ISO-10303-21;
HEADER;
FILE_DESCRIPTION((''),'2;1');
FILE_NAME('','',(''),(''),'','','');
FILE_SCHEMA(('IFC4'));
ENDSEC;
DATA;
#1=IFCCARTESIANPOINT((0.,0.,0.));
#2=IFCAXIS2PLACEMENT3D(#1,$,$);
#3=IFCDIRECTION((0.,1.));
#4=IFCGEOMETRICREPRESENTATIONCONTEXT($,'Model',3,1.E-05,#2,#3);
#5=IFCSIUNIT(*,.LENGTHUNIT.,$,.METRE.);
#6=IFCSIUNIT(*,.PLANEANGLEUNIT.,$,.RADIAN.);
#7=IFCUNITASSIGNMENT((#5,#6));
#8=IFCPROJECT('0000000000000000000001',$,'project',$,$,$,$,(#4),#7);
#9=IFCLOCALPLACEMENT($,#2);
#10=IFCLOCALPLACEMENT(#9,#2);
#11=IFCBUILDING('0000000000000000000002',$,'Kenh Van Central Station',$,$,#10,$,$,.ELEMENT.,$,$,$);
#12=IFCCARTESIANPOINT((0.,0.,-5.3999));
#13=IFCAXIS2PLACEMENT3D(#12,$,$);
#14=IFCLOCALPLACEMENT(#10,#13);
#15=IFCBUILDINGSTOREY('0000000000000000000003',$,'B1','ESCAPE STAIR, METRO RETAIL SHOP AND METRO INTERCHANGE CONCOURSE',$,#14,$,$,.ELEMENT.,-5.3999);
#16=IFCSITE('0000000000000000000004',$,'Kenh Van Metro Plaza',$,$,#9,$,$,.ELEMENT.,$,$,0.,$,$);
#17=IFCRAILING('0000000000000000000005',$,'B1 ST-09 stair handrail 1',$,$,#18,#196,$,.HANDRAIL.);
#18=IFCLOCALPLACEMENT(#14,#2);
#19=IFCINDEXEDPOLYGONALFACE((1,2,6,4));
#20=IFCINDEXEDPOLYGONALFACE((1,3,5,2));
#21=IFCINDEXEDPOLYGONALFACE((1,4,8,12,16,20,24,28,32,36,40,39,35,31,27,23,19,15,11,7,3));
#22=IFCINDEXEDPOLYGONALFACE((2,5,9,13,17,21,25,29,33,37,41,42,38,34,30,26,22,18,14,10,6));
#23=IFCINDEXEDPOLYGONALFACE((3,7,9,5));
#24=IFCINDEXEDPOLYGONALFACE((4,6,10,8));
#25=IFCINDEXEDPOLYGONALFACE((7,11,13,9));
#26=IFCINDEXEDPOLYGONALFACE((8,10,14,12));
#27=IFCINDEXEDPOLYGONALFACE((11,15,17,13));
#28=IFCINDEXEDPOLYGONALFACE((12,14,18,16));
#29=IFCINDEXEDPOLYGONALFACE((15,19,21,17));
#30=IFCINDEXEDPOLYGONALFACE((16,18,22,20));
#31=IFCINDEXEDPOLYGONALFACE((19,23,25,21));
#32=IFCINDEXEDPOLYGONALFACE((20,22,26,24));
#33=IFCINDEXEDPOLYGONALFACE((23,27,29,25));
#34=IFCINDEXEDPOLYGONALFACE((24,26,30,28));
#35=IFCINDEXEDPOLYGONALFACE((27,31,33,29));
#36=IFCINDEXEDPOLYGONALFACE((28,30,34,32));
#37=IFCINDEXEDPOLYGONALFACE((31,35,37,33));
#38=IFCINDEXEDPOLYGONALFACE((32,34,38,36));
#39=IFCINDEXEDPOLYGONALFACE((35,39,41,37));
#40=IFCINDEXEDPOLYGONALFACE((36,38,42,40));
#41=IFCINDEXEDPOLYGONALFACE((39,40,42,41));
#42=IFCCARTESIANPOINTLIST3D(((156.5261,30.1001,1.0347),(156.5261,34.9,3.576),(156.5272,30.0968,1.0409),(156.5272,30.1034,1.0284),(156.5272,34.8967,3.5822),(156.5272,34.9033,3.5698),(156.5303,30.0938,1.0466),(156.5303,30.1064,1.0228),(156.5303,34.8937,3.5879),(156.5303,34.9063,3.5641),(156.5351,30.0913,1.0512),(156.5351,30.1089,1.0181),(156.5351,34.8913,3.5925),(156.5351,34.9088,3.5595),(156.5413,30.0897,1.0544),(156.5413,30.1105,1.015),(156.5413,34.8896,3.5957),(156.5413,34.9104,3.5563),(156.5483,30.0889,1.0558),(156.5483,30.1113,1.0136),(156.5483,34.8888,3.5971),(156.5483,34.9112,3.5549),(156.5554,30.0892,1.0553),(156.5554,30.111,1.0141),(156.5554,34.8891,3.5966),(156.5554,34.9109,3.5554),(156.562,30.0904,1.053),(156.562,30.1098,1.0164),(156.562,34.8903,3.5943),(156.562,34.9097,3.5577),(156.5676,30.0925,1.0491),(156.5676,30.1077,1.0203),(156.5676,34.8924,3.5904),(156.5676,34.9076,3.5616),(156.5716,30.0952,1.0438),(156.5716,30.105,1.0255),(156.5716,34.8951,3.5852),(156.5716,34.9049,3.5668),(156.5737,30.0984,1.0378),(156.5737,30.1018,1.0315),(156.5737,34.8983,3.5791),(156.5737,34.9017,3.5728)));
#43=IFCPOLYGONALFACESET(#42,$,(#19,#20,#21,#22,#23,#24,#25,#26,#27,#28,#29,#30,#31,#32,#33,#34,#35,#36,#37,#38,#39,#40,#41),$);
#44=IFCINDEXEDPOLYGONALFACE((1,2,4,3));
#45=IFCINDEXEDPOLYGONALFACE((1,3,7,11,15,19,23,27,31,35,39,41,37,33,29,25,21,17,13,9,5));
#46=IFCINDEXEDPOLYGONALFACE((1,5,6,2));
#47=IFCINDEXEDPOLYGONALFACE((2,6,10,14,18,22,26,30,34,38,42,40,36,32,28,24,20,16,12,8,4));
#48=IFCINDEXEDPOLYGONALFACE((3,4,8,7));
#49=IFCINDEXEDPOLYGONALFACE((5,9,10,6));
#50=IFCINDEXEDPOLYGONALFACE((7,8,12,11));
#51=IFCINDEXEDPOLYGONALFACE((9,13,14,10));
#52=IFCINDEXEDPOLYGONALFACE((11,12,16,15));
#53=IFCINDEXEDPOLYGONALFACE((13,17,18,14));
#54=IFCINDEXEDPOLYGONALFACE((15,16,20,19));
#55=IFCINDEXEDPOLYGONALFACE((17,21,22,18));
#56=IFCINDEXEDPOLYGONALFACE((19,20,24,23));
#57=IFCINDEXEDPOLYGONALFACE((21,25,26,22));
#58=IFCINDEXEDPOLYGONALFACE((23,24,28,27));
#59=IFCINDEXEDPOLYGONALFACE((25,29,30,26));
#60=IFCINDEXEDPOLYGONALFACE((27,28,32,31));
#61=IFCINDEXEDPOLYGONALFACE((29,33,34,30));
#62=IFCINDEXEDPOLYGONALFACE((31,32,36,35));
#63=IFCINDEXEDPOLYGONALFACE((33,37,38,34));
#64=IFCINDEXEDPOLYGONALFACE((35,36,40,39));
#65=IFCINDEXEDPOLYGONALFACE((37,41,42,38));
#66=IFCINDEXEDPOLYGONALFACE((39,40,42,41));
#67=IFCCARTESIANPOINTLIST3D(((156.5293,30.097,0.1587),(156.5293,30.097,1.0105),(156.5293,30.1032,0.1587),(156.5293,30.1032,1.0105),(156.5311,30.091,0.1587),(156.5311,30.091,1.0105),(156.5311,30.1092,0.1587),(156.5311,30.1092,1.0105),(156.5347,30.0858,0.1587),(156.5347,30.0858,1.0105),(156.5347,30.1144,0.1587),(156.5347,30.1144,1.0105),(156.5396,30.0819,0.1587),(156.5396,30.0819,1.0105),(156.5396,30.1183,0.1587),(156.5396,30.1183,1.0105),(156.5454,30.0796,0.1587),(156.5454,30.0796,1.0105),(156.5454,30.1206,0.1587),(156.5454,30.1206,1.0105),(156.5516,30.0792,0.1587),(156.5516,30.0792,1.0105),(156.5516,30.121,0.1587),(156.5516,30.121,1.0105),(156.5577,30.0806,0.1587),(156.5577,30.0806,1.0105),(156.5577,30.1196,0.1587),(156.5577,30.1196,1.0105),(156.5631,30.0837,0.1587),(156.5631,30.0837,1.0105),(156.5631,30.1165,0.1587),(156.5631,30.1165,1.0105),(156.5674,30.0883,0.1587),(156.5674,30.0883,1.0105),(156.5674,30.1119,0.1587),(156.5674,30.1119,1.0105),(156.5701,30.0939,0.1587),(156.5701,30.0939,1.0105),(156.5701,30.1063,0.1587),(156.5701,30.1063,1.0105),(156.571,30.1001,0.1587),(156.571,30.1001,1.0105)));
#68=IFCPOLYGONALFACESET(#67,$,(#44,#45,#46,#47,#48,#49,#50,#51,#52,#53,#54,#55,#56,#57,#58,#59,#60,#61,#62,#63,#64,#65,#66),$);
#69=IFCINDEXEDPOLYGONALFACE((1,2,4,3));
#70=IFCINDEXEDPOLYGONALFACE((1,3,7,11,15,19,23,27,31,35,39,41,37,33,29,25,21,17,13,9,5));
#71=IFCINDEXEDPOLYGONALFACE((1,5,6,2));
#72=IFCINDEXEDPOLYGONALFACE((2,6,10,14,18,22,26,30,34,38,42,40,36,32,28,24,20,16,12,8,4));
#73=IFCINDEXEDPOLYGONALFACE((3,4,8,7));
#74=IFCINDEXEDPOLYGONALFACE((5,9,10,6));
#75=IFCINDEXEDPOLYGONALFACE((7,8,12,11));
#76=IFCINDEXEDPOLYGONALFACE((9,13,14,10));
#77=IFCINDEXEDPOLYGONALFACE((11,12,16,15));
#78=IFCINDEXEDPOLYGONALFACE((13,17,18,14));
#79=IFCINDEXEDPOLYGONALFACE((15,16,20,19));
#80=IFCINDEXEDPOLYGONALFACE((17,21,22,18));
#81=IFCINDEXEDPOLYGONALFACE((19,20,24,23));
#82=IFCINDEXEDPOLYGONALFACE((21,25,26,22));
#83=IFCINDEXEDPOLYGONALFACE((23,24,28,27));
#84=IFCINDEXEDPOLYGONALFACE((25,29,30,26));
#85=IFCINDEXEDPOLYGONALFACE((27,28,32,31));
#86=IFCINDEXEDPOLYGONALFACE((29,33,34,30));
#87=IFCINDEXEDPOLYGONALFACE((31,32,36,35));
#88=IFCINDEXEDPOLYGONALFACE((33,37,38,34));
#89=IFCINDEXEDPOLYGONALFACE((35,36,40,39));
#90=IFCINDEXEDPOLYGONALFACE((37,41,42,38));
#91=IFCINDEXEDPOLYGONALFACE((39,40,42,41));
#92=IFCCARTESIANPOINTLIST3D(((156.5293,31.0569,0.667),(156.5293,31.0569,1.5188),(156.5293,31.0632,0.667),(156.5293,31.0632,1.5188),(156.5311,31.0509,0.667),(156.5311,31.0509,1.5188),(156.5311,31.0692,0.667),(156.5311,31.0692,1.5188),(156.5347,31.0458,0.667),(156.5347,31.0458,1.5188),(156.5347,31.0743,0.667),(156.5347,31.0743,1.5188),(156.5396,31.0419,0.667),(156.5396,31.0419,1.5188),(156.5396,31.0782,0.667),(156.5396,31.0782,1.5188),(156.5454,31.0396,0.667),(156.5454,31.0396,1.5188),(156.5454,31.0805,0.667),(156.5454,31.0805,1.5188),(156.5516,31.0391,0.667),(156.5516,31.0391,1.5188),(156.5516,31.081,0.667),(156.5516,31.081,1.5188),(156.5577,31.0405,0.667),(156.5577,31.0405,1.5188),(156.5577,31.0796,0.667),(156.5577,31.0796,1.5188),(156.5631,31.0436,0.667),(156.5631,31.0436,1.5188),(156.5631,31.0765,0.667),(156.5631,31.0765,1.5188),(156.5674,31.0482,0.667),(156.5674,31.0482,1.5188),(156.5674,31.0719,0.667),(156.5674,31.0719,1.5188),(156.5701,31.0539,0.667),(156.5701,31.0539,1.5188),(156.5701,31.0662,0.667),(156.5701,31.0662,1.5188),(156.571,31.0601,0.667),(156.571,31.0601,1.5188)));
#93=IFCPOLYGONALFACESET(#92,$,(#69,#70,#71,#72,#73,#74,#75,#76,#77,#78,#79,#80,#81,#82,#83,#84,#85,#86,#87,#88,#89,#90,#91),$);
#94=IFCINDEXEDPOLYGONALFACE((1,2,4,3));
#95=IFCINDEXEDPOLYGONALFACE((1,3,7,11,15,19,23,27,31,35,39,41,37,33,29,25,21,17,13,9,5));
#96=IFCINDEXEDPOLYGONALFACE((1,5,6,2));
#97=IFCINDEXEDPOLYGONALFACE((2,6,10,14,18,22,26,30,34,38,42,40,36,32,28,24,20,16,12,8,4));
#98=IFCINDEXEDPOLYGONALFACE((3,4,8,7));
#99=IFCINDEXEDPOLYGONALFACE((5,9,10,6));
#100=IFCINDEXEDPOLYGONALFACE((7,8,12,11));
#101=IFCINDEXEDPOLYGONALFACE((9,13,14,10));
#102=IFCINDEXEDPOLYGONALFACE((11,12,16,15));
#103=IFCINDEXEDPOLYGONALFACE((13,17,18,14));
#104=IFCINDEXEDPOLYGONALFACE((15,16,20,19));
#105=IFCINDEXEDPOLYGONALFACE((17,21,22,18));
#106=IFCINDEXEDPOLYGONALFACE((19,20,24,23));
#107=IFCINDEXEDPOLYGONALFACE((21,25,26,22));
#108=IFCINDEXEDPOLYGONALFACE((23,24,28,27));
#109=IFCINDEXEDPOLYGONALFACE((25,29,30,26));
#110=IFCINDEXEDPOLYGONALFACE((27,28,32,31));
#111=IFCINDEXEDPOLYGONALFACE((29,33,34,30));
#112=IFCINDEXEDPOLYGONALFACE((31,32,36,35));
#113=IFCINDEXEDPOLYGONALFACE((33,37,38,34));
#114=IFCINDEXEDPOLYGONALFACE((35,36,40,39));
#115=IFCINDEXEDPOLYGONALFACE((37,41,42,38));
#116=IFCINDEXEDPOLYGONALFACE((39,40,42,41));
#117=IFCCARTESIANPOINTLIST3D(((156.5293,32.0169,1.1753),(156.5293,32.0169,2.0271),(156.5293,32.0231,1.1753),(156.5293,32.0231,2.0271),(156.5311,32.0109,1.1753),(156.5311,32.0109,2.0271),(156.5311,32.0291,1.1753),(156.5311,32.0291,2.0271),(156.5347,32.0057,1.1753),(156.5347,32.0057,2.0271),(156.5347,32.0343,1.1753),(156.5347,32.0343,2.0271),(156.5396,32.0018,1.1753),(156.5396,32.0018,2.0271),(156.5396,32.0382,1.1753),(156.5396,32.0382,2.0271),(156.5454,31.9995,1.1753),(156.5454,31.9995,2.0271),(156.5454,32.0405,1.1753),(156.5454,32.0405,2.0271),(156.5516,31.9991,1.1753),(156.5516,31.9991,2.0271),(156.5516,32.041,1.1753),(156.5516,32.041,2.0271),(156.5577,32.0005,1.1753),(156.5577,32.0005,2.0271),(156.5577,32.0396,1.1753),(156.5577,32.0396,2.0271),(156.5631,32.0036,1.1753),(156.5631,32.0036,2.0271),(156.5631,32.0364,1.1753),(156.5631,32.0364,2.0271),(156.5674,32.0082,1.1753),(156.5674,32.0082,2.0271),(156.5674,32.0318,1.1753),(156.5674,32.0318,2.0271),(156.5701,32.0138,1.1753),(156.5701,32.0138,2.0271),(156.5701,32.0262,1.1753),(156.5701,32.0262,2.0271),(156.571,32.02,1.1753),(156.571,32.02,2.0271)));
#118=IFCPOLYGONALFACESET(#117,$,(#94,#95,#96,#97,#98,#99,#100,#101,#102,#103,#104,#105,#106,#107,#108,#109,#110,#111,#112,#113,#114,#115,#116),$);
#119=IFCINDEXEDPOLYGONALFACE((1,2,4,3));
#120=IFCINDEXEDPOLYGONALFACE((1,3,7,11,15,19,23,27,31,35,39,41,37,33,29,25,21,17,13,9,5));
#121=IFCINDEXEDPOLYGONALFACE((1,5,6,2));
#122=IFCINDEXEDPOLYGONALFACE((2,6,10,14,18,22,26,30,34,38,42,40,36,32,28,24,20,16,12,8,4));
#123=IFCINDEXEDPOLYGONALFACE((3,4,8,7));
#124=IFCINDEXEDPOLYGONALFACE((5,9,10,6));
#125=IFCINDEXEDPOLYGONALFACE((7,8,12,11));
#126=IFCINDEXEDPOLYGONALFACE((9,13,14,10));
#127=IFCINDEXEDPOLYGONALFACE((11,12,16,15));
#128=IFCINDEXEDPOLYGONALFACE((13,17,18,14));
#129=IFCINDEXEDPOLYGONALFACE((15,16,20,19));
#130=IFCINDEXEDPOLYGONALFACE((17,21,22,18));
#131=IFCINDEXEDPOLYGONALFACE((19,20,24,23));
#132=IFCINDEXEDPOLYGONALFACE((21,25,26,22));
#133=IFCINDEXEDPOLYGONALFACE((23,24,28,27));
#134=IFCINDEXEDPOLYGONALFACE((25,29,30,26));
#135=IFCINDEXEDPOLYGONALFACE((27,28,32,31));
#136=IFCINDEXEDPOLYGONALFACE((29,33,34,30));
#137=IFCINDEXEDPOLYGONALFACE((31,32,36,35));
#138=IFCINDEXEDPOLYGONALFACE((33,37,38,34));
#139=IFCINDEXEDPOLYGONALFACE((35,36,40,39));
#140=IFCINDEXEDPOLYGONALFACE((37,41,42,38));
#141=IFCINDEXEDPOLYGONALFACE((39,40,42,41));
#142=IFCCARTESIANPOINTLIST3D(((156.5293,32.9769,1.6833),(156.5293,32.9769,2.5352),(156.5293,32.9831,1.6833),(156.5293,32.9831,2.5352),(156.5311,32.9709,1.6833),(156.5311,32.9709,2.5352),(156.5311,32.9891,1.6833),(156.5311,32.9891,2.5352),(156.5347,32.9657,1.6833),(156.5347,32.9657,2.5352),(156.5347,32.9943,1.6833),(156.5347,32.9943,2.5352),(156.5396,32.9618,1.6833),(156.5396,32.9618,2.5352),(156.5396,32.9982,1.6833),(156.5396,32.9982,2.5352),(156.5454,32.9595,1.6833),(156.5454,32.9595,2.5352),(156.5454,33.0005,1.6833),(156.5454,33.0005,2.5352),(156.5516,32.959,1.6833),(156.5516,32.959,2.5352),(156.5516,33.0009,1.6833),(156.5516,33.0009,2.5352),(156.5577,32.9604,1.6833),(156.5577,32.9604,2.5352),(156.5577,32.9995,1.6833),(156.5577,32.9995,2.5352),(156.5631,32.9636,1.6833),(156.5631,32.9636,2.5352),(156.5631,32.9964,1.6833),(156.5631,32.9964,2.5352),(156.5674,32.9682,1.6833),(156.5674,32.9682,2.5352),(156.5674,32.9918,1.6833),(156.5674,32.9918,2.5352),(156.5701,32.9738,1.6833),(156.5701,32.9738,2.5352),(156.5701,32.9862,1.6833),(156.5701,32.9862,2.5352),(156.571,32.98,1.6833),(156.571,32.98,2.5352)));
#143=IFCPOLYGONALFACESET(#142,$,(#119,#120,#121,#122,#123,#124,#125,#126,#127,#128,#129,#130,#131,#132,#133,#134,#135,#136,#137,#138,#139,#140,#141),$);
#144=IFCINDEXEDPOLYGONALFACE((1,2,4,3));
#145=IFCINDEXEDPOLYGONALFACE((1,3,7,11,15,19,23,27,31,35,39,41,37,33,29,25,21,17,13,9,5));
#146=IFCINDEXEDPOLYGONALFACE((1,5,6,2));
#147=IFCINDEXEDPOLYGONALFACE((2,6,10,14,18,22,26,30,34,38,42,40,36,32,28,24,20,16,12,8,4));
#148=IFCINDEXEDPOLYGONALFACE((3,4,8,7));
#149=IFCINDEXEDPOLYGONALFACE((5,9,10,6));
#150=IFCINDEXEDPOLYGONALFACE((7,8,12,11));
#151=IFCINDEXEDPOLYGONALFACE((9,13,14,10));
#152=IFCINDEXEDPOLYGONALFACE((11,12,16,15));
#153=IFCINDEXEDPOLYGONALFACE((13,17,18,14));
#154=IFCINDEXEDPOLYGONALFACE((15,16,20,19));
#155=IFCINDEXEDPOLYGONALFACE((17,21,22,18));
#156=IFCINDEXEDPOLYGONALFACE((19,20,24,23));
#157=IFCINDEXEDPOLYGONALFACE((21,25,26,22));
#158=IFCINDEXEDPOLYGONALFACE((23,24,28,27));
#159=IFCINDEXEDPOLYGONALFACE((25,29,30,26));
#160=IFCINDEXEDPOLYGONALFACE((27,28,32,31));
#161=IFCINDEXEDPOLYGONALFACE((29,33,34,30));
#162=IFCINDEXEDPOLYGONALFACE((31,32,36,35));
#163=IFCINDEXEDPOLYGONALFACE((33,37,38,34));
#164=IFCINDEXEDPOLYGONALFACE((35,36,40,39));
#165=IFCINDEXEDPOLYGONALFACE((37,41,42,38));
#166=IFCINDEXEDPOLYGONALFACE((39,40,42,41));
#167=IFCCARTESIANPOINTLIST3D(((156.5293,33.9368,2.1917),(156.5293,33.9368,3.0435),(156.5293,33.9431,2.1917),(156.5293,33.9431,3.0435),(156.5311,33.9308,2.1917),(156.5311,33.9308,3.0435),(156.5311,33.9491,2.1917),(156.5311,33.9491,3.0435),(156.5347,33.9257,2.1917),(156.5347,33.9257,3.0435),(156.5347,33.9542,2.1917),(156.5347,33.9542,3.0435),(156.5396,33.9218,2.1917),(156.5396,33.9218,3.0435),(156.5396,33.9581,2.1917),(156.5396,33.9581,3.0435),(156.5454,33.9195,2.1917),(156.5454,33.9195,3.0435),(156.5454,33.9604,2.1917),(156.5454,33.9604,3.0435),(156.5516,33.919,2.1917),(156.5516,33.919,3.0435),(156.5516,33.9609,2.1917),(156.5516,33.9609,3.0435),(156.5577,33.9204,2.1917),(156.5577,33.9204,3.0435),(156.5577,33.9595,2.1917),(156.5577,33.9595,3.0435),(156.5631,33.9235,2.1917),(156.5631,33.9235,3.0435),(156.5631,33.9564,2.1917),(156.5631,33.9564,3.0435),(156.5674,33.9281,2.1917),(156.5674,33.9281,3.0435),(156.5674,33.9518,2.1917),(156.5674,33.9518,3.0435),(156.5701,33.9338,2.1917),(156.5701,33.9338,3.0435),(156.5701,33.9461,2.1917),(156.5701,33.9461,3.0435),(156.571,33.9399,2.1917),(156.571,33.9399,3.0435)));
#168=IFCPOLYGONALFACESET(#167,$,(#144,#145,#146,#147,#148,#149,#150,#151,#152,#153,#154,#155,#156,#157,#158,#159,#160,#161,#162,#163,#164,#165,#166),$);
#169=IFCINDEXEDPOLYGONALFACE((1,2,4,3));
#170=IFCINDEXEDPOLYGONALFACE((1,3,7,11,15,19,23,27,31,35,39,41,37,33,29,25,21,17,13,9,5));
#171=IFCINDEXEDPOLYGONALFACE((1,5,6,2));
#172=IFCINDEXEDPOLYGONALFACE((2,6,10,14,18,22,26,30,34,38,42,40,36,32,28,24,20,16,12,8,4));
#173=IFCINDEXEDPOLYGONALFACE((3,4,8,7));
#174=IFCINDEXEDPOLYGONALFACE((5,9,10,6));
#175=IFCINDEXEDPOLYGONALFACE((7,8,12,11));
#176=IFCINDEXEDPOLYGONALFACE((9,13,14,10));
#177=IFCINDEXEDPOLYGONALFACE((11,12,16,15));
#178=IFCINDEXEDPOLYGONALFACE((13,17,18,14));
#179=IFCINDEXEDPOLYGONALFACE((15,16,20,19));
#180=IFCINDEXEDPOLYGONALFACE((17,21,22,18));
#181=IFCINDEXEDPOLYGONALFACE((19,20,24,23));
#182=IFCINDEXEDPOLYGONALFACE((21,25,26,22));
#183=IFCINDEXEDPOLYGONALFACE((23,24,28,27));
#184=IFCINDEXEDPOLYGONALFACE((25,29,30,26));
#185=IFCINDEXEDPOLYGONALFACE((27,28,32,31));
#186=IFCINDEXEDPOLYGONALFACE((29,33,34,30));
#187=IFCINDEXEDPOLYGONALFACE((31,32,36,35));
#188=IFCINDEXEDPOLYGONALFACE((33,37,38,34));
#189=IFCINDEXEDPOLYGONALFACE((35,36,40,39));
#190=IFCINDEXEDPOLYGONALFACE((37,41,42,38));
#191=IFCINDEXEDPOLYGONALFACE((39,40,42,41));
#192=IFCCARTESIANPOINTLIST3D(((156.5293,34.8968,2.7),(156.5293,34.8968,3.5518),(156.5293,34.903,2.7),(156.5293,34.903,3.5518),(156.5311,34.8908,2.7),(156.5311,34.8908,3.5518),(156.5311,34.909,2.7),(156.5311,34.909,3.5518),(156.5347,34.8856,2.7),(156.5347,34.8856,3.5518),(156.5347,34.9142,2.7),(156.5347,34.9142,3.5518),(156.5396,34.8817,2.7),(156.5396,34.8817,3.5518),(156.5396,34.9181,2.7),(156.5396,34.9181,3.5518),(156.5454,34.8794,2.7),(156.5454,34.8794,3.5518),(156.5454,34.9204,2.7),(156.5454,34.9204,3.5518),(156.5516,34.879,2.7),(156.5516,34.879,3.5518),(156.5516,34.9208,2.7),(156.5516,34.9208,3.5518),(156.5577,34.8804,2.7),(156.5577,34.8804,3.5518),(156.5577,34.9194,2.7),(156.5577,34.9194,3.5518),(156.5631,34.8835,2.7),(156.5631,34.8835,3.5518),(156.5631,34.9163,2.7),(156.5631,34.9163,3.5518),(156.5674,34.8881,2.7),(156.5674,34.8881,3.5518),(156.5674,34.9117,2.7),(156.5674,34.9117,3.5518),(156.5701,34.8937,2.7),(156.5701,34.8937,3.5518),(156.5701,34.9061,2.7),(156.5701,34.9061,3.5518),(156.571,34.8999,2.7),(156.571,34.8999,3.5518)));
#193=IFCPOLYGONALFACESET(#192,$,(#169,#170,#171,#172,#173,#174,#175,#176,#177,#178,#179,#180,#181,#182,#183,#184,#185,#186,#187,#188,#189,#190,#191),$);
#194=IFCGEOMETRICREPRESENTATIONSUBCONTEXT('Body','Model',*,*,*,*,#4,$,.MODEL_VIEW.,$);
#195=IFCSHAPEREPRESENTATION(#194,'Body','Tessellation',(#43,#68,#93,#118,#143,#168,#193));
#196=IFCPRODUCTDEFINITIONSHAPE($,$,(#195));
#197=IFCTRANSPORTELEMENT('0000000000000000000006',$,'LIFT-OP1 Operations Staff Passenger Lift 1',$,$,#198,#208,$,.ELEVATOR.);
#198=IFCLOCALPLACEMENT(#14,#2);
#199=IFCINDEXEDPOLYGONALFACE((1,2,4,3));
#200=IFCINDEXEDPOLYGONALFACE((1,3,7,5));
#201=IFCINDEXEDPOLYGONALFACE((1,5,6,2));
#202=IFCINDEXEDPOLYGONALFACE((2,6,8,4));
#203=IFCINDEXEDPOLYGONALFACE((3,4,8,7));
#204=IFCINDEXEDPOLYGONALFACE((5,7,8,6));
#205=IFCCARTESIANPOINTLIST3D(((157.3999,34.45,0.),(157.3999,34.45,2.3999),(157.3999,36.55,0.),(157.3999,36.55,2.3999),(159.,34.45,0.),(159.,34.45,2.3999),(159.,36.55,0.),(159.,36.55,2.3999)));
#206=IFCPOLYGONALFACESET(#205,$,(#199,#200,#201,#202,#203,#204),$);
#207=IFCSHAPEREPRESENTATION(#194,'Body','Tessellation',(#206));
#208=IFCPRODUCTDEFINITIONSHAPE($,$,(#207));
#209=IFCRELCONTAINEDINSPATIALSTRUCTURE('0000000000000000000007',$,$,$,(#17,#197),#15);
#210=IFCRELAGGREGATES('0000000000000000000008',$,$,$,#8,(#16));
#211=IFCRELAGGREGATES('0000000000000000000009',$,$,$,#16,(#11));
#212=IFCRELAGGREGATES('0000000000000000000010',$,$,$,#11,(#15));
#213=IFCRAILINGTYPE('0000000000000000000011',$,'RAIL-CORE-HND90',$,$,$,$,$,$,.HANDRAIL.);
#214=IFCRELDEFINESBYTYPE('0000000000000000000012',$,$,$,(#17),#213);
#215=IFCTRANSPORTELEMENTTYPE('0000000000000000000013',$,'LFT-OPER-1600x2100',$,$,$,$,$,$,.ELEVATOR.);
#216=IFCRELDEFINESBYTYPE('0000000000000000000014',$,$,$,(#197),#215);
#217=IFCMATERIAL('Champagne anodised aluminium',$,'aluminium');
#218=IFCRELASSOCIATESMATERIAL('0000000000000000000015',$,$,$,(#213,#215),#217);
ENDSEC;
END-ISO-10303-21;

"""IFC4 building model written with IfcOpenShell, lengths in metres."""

from ifc_helpers import new_model, si_unit, direction, frame, origin, origin_2d, place, context, subcontext, project, spatial, rectangle, circle, extrude, material, type_object, element, save


model = new_model("IFC4")

# Units and contexts
model_context = context("Model", 3, precision=1e-05, world=origin(), true_north=direction((0.0, 1.0)))
body_context = subcontext(model_context, "Body", "Model", "MODEL_VIEW")
ifc_project = project(units=[si_unit("LENGTHUNIT", "METRE"), si_unit("PLANEANGLEUNIT", "RADIAN")], contexts=[model_context])

# Site, building, storey
site_placement = place(None, origin())
site = spatial("IfcSite", under=ifc_project, at=site_placement, Name="Kenh Van Metro Plaza", CompositionType="ELEMENT", RefElevation=0.0)
building_placement = place(site_placement, origin())
building = spatial("IfcBuilding", under=site, at=building_placement, Name="Kenh Van Central Station", CompositionType="ELEMENT")
storey_placement = place(building_placement, frame((0.0, 0.0, -5.3999)))
storey = spatial("IfcBuildingStorey", under=building, at=storey_placement, Name="B1", Description="ESCAPE STAIR, METRO RETAIL SHOP AND METRO INTERCHANGE CONCOURSE", CompositionType="ELEMENT", Elevation=-5.3999)

# Shared definitions
ifc_material_1 = material(Name="Champagne anodised aluminium", Category="aluminium")

# Railing
railing_type_1 = type_object("IfcRailingType", Name="RAIL-CORE-HND90", PredefinedType="HANDRAIL", material=ifc_material_1)
railing_1_placement = place(storey_placement, frame((156.55, 30.1001, 0.1587)))
element("IfcRailing", 1, at=railing_1_placement, inside=storey, type_object=railing_type_1, Name="B1 ST-09 stair handrail 1", PredefinedType="HANDRAIL", context=body_context, shape_type="SweptSolid", body=[
    extrude(circle(Radius=0.0239, at=origin_2d()), frame((0.0, 0.0, 0.876), z_axis=(0.0, 0.883774, 0.467915), x_axis=(-1.0, 0.0, 0.0)), (0.0, 0.0, 1.0), 5.4312),
    extrude(circle(Radius=0.021, at=origin_2d()), origin(), (0.0, 0.0, 1.0), 0.8518),
    extrude(circle(Radius=0.021, at=origin_2d()), frame((0.0, 0.96, 0.5083)), (0.0, 0.0, 1.0), 0.8518),
    extrude(circle(Radius=0.021, at=origin_2d()), frame((0.0, 1.9199, 1.0166)), (0.0, 0.0, 1.0), 0.8518),
    extrude(circle(Radius=0.021, at=origin_2d()), frame((0.0, 2.8799, 1.5247)), (0.0, 0.0, 1.0), 0.8518),
    extrude(circle(Radius=0.021, at=origin_2d()), frame((0.0, 3.8398, 2.033)), (0.0, 0.0, 1.0), 0.8518),
    extrude(circle(Radius=0.021, at=origin_2d()), frame((0.0, 4.7998, 2.5413)), (0.0, 0.0, 1.0), 0.8518),
])

# Transport element
transport_element_type = type_object("IfcTransportElementType", Name="LFT-OPER-1600x2100", PredefinedType="ELEVATOR", material=ifc_material_1)
transport_element_placement = place(storey_placement, frame((158.2, 35.5, 0.0), z_axis=(0.0, 0.0, 1.0), x_axis=(1.0, 0.0, 0.0)))
element("IfcTransportElement", 2, at=transport_element_placement, inside=storey, type_object=transport_element_type, Name="LIFT-OP1 Operations Staff Passenger Lift 1", PredefinedType="ELEVATOR", context=body_context, shape_type="SweptSolid", body=[
    extrude(rectangle(XDim=1.6001, YDim=2.1001, at=origin_2d()), origin(), (0.0, 0.0, 1.0), 2.3999),
])

save(model, "model.ifc")
